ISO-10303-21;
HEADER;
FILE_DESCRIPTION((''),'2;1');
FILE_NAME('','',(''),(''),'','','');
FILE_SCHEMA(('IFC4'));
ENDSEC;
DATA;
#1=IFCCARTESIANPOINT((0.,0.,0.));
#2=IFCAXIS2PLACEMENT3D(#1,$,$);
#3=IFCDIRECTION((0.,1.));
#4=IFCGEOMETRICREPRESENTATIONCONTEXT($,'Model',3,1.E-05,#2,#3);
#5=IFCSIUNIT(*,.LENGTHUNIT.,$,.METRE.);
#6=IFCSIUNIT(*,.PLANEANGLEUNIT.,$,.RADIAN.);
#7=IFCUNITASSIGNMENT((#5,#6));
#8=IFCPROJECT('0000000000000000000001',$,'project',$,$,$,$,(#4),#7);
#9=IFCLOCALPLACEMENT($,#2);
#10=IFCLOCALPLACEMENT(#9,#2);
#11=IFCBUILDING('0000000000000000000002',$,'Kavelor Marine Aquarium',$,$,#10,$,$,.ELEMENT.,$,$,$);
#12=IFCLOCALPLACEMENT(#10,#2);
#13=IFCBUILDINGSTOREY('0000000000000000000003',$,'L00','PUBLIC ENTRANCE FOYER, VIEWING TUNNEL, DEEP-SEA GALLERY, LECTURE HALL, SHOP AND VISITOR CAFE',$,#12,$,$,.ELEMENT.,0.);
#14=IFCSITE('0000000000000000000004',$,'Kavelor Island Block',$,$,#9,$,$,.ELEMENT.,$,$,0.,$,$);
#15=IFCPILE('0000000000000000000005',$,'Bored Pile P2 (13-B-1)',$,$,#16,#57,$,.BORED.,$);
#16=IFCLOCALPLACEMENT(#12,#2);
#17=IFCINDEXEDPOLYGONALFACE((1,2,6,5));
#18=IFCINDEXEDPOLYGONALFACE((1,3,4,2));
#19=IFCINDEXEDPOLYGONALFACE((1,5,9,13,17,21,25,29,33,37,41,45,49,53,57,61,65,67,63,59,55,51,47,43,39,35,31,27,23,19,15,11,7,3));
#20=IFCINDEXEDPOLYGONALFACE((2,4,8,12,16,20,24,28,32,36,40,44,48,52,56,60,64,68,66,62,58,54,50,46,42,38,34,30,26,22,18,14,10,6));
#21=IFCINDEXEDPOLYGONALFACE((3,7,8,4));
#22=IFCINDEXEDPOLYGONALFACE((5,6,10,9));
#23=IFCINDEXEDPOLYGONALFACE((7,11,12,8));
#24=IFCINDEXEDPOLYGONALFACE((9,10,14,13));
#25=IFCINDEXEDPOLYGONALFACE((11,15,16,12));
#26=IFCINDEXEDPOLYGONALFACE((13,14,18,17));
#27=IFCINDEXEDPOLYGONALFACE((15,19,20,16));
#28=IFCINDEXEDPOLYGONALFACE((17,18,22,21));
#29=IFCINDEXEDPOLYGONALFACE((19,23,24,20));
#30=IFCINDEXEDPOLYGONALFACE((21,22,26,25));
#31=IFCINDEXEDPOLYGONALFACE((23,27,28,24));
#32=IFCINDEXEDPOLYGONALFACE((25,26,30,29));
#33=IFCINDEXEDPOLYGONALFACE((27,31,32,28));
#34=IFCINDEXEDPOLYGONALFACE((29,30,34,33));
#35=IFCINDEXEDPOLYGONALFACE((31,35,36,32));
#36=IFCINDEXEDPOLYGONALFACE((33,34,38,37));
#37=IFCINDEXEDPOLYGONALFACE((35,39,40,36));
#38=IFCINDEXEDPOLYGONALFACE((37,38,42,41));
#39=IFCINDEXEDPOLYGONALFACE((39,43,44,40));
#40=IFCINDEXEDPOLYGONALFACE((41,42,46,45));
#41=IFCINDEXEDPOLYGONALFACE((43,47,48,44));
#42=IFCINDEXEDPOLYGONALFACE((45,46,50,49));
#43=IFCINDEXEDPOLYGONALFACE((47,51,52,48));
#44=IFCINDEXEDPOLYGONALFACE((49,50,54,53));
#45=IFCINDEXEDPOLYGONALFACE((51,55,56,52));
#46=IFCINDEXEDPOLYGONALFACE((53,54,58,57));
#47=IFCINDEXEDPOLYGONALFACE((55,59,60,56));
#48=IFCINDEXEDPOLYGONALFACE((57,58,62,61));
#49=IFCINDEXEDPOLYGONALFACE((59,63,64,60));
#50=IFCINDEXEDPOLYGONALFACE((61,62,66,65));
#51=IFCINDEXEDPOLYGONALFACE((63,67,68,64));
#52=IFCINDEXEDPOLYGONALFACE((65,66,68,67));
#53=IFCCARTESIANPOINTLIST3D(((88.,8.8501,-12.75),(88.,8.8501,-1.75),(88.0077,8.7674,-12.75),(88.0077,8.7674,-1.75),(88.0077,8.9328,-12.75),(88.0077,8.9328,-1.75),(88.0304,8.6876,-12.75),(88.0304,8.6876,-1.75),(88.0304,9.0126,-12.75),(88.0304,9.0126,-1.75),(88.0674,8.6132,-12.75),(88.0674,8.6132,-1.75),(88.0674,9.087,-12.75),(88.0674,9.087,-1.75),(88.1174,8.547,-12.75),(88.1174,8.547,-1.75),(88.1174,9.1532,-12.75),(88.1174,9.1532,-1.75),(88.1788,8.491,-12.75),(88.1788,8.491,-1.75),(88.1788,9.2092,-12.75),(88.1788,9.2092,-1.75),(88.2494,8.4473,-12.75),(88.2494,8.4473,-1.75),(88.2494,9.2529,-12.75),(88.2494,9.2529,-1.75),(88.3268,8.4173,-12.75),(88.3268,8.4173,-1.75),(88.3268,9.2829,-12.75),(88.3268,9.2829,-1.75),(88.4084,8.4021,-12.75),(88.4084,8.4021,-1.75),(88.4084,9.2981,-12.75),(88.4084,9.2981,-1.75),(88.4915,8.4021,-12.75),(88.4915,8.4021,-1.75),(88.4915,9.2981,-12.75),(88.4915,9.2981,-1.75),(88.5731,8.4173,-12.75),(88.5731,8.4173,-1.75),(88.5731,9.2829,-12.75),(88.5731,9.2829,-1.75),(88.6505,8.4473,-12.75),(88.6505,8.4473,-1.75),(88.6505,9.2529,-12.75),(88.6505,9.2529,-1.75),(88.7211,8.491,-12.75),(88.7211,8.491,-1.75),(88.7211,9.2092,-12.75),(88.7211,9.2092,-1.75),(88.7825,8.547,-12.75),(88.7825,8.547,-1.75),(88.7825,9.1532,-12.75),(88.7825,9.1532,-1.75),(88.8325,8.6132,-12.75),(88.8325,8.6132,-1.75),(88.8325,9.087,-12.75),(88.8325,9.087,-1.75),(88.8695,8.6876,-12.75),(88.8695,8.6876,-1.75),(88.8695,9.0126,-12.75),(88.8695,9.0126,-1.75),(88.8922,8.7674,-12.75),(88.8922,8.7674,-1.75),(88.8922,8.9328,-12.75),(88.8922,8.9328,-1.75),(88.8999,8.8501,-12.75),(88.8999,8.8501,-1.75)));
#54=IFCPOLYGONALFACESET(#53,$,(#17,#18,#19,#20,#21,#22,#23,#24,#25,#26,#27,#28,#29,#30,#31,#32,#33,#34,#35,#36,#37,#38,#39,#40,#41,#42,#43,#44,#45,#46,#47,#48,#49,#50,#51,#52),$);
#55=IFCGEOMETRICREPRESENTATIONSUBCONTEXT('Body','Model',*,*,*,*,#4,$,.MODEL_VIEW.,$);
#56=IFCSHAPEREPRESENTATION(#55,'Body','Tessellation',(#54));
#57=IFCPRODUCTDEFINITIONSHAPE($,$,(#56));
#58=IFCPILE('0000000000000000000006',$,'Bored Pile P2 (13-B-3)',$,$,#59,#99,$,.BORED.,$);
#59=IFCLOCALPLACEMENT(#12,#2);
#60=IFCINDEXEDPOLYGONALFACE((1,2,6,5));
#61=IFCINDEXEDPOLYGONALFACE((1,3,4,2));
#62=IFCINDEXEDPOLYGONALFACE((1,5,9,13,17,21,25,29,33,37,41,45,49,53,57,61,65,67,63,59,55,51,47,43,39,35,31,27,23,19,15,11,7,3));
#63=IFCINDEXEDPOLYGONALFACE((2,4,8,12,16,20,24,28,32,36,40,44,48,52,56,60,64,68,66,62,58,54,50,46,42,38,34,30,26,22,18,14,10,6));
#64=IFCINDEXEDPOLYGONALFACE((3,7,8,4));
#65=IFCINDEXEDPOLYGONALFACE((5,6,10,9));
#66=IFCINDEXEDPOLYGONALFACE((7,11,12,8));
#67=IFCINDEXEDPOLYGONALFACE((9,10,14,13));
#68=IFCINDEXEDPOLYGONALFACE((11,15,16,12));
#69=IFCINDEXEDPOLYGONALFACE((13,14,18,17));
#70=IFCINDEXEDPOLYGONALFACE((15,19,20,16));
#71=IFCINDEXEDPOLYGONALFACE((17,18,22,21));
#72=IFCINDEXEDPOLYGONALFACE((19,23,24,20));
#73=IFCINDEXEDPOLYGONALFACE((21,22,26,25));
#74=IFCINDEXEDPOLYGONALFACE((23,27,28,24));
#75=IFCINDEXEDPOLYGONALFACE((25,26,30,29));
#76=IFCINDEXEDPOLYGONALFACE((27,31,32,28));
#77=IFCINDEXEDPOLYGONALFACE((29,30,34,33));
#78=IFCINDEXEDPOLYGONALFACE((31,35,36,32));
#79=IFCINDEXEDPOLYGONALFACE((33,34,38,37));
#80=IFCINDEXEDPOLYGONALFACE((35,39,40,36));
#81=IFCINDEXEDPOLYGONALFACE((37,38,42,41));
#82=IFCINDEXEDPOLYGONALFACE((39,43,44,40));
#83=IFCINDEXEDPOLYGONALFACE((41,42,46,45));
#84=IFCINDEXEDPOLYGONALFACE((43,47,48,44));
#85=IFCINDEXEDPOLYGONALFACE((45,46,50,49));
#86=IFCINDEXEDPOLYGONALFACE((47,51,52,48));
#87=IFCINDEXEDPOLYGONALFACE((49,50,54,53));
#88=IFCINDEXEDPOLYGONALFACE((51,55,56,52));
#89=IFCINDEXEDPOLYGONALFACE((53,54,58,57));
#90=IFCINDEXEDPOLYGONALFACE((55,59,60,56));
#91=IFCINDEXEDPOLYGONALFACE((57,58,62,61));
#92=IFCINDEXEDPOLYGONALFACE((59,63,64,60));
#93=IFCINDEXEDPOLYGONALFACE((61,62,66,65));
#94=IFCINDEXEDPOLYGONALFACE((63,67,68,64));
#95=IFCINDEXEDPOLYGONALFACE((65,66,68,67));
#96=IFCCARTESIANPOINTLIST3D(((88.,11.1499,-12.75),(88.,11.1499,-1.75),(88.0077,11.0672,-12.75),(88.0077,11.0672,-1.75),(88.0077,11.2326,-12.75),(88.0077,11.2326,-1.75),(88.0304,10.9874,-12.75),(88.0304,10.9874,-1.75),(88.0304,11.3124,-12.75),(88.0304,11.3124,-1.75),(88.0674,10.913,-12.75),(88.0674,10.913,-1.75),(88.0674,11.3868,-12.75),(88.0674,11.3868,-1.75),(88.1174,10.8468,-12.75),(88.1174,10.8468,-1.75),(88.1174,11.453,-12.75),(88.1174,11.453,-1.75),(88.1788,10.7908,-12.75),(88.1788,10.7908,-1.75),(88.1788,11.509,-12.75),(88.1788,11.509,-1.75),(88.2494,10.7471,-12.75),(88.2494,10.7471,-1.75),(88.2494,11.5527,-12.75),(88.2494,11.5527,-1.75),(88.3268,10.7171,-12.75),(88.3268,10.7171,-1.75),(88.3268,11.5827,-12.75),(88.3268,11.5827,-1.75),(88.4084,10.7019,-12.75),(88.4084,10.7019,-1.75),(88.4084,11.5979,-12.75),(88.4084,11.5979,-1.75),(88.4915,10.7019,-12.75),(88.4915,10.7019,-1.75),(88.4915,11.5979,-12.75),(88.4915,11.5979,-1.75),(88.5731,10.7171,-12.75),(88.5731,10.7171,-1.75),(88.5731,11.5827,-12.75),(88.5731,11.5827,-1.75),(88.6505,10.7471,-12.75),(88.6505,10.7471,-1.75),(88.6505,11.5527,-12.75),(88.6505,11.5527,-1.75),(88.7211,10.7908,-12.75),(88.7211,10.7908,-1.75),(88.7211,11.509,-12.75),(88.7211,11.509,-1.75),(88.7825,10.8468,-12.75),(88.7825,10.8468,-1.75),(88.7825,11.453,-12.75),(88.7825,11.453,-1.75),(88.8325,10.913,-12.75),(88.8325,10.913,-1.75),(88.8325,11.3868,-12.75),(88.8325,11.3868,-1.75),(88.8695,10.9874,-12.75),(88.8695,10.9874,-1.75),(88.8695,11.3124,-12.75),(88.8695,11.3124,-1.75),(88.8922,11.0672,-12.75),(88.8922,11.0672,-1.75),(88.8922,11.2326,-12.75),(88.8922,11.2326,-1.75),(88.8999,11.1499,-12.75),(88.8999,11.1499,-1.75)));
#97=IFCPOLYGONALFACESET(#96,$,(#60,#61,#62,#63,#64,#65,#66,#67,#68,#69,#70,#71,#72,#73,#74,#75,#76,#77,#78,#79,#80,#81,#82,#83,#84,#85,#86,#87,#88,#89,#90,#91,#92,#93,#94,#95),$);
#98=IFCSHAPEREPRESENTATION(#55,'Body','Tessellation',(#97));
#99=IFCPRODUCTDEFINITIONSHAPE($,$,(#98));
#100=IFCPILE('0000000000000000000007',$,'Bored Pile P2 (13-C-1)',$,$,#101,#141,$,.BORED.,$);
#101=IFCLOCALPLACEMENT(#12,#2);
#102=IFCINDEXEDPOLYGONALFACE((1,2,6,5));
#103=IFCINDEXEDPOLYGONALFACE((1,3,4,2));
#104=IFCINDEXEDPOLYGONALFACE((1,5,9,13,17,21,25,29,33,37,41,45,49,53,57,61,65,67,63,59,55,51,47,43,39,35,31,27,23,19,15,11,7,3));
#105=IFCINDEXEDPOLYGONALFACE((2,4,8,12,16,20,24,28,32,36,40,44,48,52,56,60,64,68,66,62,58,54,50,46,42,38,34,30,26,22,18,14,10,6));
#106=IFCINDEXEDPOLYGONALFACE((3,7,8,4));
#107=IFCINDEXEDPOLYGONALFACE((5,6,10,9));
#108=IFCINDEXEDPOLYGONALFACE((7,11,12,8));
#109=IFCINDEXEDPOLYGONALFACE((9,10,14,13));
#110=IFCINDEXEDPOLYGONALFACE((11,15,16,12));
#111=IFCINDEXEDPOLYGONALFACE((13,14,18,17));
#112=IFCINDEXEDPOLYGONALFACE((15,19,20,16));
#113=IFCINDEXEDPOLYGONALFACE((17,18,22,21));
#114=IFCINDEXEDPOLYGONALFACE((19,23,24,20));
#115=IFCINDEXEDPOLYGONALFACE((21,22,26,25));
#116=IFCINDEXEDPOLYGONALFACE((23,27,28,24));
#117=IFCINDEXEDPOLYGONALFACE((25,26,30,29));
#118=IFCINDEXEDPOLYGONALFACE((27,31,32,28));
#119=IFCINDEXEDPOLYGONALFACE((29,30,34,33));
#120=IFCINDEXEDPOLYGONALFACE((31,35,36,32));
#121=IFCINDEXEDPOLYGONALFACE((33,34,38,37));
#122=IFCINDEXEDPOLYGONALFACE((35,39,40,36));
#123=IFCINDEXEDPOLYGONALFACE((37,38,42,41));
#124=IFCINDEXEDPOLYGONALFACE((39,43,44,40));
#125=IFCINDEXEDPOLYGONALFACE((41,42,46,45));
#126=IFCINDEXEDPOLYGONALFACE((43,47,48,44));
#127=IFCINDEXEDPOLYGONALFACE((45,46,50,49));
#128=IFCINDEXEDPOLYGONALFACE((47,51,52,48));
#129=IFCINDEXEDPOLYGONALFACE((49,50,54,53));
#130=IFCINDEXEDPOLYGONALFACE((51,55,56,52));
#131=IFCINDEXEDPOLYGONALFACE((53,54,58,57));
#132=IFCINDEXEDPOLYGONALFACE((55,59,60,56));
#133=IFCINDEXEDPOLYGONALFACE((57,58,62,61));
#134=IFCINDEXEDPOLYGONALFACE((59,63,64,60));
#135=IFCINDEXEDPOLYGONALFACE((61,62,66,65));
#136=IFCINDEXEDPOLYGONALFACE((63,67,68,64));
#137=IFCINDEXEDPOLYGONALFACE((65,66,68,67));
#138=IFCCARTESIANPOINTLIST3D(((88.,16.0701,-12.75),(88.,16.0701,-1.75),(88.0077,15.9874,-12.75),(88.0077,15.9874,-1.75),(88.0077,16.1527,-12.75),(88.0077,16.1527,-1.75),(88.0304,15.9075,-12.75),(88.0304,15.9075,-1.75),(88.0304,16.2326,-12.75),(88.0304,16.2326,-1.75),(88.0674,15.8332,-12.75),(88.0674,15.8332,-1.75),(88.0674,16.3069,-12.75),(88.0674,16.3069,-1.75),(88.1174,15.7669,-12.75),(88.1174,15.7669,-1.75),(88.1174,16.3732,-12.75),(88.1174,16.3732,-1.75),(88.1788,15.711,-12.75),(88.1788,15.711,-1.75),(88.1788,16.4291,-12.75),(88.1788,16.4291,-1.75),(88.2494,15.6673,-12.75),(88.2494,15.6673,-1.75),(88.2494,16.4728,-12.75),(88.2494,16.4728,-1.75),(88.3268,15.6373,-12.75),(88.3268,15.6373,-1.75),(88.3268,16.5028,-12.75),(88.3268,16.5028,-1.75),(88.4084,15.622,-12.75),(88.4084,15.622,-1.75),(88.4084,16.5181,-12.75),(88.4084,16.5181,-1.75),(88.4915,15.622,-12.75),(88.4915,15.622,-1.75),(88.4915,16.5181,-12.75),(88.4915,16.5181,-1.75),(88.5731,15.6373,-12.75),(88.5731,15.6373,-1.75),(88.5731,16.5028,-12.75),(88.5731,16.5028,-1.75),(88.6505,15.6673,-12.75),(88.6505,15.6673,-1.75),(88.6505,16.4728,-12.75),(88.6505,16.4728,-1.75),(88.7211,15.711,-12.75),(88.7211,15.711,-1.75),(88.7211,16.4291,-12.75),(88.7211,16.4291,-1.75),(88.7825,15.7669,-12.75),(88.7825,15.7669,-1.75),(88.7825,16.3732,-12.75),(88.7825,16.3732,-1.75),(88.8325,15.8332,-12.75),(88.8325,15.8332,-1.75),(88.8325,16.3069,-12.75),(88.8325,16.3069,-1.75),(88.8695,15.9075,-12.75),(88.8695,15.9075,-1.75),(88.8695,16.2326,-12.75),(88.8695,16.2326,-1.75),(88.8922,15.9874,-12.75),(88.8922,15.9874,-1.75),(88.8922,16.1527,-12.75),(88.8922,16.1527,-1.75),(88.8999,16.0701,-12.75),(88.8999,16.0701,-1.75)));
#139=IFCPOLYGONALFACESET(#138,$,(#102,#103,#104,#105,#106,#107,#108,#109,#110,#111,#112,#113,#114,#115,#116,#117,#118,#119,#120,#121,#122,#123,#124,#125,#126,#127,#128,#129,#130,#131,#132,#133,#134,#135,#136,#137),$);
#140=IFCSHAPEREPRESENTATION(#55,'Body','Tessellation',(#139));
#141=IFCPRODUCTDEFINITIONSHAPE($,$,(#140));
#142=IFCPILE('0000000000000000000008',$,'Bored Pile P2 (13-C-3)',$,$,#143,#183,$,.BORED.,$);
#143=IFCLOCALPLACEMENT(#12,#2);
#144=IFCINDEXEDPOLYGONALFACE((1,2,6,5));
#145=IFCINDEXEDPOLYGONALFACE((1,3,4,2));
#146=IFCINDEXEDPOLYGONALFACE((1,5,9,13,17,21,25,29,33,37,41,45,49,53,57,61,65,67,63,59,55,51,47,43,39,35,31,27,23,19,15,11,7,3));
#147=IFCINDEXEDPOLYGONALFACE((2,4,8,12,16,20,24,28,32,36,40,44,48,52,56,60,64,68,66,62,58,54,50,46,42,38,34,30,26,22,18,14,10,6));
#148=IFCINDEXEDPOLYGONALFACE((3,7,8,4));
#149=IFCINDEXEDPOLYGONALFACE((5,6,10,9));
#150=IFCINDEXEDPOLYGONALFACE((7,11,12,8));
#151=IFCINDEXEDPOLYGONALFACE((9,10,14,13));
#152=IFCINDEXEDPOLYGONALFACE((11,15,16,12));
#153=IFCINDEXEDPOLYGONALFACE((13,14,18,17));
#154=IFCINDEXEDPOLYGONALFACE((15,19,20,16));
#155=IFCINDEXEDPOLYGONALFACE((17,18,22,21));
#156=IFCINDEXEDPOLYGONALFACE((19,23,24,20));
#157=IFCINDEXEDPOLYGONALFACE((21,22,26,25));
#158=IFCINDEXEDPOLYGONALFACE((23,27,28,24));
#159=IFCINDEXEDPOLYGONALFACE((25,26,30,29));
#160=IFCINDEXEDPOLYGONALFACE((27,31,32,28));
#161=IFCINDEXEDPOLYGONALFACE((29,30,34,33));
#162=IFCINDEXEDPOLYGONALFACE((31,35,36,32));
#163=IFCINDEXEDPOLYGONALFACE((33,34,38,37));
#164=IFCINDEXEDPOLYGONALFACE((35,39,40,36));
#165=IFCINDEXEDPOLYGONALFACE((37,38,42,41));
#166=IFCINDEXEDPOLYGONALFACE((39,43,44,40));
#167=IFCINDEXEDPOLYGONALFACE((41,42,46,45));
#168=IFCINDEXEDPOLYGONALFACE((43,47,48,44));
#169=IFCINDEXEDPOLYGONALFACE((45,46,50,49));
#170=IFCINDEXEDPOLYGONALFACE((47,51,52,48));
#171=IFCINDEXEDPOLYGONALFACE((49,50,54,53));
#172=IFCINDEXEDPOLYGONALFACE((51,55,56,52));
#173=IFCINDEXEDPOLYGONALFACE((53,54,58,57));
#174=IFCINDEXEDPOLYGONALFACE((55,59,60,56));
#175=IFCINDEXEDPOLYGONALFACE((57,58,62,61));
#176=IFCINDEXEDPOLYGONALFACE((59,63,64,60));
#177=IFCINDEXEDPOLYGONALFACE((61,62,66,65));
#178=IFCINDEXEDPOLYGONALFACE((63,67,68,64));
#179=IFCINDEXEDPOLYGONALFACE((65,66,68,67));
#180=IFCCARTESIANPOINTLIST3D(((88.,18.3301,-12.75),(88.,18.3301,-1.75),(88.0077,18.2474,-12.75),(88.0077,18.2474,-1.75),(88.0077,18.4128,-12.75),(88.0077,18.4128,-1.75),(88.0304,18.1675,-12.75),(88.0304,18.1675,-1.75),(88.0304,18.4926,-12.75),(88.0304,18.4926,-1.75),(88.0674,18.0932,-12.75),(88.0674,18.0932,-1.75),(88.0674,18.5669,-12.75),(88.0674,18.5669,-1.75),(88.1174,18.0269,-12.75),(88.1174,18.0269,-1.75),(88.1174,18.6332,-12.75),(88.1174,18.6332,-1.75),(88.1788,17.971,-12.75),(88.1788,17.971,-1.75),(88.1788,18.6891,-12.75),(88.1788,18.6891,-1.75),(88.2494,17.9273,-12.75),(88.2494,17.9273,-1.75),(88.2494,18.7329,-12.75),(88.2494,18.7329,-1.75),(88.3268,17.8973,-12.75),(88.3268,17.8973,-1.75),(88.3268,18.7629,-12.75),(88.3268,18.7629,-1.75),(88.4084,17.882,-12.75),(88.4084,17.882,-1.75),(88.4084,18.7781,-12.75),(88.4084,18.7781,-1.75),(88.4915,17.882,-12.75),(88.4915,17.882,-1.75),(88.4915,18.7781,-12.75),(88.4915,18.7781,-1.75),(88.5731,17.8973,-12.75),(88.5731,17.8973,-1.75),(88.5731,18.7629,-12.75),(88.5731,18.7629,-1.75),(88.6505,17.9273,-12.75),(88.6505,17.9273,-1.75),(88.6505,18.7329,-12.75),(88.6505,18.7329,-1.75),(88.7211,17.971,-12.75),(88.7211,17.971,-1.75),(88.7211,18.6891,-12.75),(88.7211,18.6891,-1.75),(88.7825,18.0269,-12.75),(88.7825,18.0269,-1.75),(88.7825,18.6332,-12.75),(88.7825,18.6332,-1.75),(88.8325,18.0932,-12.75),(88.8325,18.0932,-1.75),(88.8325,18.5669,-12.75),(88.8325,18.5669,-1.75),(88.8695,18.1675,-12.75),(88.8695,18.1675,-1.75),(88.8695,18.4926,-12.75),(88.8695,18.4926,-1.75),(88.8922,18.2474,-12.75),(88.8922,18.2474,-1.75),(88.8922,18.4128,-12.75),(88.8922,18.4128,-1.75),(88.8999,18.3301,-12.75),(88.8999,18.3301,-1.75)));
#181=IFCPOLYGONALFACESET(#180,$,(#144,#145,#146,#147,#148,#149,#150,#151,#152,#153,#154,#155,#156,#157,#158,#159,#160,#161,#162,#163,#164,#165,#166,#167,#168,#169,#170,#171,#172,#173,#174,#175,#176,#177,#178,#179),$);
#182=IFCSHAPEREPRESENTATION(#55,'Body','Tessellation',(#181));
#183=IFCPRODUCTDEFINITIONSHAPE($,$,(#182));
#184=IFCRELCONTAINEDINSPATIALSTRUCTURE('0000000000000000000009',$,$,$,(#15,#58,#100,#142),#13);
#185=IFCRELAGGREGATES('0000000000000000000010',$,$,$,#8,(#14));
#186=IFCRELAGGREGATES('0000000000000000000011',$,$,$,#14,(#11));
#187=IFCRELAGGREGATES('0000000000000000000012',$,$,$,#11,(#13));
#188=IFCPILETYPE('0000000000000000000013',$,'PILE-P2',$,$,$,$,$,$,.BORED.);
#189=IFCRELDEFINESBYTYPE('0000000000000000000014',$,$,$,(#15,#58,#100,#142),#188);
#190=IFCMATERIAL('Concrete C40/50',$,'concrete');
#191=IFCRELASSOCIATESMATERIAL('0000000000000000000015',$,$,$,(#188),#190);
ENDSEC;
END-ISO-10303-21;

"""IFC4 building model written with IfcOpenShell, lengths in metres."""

from ifc_helpers import new_model, si_unit, direction, frame, origin, origin_2d, place, context, subcontext, project, spatial, circle, extrude, material, material_profile, profile_set, type_object, element, save


model = new_model("IFC4")

# Units and contexts
model_context = context("Model", 3, precision=1e-05, world=origin(), true_north=direction((0.0, 1.0)))
body_context = subcontext(model_context, "Body", "Model", "MODEL_VIEW")
ifc_project = project(units=[si_unit("LENGTHUNIT", "METRE"), si_unit("PLANEANGLEUNIT", "RADIAN")], contexts=[model_context])

# Site, building, storey
site_placement = place(None, origin())
site = spatial("IfcSite", under=ifc_project, at=site_placement, Name="Kavelor Island Block", CompositionType="ELEMENT", RefElevation=0.0)
building_placement = place(site_placement, origin())
building = spatial("IfcBuilding", under=site, at=building_placement, Name="Kavelor Marine Aquarium", CompositionType="ELEMENT")
storey_placement = place(building_placement, origin())
storey = spatial("IfcBuildingStorey", under=building, at=storey_placement, Name="L00", Description="PUBLIC ENTRANCE FOYER, VIEWING TUNNEL, DEEP-SEA GALLERY, LECTURE HALL, SHOP AND VISITOR CAFE", CompositionType="ELEMENT", Elevation=0.0)

# Piles
ifc_material_1 = material(Name="Concrete C40/50", Category="concrete")
ifc_material_profile_1 = material_profile(ifc_material_1, circle(Radius=0.45, at=origin_2d()), Name="PILE D900")
ifc_profile_set_1 = profile_set([ifc_material_profile_1], Name="Concrete C40/50")
pile_type_1 = type_object("IfcPileType", Name="PILE-P2", PredefinedType="BORED", material=ifc_profile_set_1)
for number, where, z_axis, x_axis, name in (
    (1, (88.45, 8.8501, -1.75), (0.0, 0.0, -1.0), (1.0, 0.0, 0.0), "Bored Pile P2 (13-B-1)"),
    (2, (88.45, 11.1499, -1.75), (0.0, 0.0, -1.0), (1.0, 0.0, 0.0), "Bored Pile P2 (13-B-3)"),
    (3, (88.45, 16.0701, -1.75), (0.0, 0.0, -1.0), (1.0, 0.0, 0.0), "Bored Pile P2 (13-C-1)"),
    (4, (88.45, 18.3301, -1.75), (0.0, 0.0, -1.0), (1.0, 0.0, 0.0), "Bored Pile P2 (13-C-3)"),
):
    element("IfcPile", number, at=place(storey_placement, frame(where, z_axis=z_axis, x_axis=x_axis)), inside=storey, type_object=pile_type_1, Name=name, PredefinedType="BORED", context=body_context, shape_type="SweptSolid", body=[
        extrude(circle(Radius=0.45, at=origin_2d()), origin(), (0.0, 0.0, 1.0), 11.0),
    ])

save(model, "model.ifc")
